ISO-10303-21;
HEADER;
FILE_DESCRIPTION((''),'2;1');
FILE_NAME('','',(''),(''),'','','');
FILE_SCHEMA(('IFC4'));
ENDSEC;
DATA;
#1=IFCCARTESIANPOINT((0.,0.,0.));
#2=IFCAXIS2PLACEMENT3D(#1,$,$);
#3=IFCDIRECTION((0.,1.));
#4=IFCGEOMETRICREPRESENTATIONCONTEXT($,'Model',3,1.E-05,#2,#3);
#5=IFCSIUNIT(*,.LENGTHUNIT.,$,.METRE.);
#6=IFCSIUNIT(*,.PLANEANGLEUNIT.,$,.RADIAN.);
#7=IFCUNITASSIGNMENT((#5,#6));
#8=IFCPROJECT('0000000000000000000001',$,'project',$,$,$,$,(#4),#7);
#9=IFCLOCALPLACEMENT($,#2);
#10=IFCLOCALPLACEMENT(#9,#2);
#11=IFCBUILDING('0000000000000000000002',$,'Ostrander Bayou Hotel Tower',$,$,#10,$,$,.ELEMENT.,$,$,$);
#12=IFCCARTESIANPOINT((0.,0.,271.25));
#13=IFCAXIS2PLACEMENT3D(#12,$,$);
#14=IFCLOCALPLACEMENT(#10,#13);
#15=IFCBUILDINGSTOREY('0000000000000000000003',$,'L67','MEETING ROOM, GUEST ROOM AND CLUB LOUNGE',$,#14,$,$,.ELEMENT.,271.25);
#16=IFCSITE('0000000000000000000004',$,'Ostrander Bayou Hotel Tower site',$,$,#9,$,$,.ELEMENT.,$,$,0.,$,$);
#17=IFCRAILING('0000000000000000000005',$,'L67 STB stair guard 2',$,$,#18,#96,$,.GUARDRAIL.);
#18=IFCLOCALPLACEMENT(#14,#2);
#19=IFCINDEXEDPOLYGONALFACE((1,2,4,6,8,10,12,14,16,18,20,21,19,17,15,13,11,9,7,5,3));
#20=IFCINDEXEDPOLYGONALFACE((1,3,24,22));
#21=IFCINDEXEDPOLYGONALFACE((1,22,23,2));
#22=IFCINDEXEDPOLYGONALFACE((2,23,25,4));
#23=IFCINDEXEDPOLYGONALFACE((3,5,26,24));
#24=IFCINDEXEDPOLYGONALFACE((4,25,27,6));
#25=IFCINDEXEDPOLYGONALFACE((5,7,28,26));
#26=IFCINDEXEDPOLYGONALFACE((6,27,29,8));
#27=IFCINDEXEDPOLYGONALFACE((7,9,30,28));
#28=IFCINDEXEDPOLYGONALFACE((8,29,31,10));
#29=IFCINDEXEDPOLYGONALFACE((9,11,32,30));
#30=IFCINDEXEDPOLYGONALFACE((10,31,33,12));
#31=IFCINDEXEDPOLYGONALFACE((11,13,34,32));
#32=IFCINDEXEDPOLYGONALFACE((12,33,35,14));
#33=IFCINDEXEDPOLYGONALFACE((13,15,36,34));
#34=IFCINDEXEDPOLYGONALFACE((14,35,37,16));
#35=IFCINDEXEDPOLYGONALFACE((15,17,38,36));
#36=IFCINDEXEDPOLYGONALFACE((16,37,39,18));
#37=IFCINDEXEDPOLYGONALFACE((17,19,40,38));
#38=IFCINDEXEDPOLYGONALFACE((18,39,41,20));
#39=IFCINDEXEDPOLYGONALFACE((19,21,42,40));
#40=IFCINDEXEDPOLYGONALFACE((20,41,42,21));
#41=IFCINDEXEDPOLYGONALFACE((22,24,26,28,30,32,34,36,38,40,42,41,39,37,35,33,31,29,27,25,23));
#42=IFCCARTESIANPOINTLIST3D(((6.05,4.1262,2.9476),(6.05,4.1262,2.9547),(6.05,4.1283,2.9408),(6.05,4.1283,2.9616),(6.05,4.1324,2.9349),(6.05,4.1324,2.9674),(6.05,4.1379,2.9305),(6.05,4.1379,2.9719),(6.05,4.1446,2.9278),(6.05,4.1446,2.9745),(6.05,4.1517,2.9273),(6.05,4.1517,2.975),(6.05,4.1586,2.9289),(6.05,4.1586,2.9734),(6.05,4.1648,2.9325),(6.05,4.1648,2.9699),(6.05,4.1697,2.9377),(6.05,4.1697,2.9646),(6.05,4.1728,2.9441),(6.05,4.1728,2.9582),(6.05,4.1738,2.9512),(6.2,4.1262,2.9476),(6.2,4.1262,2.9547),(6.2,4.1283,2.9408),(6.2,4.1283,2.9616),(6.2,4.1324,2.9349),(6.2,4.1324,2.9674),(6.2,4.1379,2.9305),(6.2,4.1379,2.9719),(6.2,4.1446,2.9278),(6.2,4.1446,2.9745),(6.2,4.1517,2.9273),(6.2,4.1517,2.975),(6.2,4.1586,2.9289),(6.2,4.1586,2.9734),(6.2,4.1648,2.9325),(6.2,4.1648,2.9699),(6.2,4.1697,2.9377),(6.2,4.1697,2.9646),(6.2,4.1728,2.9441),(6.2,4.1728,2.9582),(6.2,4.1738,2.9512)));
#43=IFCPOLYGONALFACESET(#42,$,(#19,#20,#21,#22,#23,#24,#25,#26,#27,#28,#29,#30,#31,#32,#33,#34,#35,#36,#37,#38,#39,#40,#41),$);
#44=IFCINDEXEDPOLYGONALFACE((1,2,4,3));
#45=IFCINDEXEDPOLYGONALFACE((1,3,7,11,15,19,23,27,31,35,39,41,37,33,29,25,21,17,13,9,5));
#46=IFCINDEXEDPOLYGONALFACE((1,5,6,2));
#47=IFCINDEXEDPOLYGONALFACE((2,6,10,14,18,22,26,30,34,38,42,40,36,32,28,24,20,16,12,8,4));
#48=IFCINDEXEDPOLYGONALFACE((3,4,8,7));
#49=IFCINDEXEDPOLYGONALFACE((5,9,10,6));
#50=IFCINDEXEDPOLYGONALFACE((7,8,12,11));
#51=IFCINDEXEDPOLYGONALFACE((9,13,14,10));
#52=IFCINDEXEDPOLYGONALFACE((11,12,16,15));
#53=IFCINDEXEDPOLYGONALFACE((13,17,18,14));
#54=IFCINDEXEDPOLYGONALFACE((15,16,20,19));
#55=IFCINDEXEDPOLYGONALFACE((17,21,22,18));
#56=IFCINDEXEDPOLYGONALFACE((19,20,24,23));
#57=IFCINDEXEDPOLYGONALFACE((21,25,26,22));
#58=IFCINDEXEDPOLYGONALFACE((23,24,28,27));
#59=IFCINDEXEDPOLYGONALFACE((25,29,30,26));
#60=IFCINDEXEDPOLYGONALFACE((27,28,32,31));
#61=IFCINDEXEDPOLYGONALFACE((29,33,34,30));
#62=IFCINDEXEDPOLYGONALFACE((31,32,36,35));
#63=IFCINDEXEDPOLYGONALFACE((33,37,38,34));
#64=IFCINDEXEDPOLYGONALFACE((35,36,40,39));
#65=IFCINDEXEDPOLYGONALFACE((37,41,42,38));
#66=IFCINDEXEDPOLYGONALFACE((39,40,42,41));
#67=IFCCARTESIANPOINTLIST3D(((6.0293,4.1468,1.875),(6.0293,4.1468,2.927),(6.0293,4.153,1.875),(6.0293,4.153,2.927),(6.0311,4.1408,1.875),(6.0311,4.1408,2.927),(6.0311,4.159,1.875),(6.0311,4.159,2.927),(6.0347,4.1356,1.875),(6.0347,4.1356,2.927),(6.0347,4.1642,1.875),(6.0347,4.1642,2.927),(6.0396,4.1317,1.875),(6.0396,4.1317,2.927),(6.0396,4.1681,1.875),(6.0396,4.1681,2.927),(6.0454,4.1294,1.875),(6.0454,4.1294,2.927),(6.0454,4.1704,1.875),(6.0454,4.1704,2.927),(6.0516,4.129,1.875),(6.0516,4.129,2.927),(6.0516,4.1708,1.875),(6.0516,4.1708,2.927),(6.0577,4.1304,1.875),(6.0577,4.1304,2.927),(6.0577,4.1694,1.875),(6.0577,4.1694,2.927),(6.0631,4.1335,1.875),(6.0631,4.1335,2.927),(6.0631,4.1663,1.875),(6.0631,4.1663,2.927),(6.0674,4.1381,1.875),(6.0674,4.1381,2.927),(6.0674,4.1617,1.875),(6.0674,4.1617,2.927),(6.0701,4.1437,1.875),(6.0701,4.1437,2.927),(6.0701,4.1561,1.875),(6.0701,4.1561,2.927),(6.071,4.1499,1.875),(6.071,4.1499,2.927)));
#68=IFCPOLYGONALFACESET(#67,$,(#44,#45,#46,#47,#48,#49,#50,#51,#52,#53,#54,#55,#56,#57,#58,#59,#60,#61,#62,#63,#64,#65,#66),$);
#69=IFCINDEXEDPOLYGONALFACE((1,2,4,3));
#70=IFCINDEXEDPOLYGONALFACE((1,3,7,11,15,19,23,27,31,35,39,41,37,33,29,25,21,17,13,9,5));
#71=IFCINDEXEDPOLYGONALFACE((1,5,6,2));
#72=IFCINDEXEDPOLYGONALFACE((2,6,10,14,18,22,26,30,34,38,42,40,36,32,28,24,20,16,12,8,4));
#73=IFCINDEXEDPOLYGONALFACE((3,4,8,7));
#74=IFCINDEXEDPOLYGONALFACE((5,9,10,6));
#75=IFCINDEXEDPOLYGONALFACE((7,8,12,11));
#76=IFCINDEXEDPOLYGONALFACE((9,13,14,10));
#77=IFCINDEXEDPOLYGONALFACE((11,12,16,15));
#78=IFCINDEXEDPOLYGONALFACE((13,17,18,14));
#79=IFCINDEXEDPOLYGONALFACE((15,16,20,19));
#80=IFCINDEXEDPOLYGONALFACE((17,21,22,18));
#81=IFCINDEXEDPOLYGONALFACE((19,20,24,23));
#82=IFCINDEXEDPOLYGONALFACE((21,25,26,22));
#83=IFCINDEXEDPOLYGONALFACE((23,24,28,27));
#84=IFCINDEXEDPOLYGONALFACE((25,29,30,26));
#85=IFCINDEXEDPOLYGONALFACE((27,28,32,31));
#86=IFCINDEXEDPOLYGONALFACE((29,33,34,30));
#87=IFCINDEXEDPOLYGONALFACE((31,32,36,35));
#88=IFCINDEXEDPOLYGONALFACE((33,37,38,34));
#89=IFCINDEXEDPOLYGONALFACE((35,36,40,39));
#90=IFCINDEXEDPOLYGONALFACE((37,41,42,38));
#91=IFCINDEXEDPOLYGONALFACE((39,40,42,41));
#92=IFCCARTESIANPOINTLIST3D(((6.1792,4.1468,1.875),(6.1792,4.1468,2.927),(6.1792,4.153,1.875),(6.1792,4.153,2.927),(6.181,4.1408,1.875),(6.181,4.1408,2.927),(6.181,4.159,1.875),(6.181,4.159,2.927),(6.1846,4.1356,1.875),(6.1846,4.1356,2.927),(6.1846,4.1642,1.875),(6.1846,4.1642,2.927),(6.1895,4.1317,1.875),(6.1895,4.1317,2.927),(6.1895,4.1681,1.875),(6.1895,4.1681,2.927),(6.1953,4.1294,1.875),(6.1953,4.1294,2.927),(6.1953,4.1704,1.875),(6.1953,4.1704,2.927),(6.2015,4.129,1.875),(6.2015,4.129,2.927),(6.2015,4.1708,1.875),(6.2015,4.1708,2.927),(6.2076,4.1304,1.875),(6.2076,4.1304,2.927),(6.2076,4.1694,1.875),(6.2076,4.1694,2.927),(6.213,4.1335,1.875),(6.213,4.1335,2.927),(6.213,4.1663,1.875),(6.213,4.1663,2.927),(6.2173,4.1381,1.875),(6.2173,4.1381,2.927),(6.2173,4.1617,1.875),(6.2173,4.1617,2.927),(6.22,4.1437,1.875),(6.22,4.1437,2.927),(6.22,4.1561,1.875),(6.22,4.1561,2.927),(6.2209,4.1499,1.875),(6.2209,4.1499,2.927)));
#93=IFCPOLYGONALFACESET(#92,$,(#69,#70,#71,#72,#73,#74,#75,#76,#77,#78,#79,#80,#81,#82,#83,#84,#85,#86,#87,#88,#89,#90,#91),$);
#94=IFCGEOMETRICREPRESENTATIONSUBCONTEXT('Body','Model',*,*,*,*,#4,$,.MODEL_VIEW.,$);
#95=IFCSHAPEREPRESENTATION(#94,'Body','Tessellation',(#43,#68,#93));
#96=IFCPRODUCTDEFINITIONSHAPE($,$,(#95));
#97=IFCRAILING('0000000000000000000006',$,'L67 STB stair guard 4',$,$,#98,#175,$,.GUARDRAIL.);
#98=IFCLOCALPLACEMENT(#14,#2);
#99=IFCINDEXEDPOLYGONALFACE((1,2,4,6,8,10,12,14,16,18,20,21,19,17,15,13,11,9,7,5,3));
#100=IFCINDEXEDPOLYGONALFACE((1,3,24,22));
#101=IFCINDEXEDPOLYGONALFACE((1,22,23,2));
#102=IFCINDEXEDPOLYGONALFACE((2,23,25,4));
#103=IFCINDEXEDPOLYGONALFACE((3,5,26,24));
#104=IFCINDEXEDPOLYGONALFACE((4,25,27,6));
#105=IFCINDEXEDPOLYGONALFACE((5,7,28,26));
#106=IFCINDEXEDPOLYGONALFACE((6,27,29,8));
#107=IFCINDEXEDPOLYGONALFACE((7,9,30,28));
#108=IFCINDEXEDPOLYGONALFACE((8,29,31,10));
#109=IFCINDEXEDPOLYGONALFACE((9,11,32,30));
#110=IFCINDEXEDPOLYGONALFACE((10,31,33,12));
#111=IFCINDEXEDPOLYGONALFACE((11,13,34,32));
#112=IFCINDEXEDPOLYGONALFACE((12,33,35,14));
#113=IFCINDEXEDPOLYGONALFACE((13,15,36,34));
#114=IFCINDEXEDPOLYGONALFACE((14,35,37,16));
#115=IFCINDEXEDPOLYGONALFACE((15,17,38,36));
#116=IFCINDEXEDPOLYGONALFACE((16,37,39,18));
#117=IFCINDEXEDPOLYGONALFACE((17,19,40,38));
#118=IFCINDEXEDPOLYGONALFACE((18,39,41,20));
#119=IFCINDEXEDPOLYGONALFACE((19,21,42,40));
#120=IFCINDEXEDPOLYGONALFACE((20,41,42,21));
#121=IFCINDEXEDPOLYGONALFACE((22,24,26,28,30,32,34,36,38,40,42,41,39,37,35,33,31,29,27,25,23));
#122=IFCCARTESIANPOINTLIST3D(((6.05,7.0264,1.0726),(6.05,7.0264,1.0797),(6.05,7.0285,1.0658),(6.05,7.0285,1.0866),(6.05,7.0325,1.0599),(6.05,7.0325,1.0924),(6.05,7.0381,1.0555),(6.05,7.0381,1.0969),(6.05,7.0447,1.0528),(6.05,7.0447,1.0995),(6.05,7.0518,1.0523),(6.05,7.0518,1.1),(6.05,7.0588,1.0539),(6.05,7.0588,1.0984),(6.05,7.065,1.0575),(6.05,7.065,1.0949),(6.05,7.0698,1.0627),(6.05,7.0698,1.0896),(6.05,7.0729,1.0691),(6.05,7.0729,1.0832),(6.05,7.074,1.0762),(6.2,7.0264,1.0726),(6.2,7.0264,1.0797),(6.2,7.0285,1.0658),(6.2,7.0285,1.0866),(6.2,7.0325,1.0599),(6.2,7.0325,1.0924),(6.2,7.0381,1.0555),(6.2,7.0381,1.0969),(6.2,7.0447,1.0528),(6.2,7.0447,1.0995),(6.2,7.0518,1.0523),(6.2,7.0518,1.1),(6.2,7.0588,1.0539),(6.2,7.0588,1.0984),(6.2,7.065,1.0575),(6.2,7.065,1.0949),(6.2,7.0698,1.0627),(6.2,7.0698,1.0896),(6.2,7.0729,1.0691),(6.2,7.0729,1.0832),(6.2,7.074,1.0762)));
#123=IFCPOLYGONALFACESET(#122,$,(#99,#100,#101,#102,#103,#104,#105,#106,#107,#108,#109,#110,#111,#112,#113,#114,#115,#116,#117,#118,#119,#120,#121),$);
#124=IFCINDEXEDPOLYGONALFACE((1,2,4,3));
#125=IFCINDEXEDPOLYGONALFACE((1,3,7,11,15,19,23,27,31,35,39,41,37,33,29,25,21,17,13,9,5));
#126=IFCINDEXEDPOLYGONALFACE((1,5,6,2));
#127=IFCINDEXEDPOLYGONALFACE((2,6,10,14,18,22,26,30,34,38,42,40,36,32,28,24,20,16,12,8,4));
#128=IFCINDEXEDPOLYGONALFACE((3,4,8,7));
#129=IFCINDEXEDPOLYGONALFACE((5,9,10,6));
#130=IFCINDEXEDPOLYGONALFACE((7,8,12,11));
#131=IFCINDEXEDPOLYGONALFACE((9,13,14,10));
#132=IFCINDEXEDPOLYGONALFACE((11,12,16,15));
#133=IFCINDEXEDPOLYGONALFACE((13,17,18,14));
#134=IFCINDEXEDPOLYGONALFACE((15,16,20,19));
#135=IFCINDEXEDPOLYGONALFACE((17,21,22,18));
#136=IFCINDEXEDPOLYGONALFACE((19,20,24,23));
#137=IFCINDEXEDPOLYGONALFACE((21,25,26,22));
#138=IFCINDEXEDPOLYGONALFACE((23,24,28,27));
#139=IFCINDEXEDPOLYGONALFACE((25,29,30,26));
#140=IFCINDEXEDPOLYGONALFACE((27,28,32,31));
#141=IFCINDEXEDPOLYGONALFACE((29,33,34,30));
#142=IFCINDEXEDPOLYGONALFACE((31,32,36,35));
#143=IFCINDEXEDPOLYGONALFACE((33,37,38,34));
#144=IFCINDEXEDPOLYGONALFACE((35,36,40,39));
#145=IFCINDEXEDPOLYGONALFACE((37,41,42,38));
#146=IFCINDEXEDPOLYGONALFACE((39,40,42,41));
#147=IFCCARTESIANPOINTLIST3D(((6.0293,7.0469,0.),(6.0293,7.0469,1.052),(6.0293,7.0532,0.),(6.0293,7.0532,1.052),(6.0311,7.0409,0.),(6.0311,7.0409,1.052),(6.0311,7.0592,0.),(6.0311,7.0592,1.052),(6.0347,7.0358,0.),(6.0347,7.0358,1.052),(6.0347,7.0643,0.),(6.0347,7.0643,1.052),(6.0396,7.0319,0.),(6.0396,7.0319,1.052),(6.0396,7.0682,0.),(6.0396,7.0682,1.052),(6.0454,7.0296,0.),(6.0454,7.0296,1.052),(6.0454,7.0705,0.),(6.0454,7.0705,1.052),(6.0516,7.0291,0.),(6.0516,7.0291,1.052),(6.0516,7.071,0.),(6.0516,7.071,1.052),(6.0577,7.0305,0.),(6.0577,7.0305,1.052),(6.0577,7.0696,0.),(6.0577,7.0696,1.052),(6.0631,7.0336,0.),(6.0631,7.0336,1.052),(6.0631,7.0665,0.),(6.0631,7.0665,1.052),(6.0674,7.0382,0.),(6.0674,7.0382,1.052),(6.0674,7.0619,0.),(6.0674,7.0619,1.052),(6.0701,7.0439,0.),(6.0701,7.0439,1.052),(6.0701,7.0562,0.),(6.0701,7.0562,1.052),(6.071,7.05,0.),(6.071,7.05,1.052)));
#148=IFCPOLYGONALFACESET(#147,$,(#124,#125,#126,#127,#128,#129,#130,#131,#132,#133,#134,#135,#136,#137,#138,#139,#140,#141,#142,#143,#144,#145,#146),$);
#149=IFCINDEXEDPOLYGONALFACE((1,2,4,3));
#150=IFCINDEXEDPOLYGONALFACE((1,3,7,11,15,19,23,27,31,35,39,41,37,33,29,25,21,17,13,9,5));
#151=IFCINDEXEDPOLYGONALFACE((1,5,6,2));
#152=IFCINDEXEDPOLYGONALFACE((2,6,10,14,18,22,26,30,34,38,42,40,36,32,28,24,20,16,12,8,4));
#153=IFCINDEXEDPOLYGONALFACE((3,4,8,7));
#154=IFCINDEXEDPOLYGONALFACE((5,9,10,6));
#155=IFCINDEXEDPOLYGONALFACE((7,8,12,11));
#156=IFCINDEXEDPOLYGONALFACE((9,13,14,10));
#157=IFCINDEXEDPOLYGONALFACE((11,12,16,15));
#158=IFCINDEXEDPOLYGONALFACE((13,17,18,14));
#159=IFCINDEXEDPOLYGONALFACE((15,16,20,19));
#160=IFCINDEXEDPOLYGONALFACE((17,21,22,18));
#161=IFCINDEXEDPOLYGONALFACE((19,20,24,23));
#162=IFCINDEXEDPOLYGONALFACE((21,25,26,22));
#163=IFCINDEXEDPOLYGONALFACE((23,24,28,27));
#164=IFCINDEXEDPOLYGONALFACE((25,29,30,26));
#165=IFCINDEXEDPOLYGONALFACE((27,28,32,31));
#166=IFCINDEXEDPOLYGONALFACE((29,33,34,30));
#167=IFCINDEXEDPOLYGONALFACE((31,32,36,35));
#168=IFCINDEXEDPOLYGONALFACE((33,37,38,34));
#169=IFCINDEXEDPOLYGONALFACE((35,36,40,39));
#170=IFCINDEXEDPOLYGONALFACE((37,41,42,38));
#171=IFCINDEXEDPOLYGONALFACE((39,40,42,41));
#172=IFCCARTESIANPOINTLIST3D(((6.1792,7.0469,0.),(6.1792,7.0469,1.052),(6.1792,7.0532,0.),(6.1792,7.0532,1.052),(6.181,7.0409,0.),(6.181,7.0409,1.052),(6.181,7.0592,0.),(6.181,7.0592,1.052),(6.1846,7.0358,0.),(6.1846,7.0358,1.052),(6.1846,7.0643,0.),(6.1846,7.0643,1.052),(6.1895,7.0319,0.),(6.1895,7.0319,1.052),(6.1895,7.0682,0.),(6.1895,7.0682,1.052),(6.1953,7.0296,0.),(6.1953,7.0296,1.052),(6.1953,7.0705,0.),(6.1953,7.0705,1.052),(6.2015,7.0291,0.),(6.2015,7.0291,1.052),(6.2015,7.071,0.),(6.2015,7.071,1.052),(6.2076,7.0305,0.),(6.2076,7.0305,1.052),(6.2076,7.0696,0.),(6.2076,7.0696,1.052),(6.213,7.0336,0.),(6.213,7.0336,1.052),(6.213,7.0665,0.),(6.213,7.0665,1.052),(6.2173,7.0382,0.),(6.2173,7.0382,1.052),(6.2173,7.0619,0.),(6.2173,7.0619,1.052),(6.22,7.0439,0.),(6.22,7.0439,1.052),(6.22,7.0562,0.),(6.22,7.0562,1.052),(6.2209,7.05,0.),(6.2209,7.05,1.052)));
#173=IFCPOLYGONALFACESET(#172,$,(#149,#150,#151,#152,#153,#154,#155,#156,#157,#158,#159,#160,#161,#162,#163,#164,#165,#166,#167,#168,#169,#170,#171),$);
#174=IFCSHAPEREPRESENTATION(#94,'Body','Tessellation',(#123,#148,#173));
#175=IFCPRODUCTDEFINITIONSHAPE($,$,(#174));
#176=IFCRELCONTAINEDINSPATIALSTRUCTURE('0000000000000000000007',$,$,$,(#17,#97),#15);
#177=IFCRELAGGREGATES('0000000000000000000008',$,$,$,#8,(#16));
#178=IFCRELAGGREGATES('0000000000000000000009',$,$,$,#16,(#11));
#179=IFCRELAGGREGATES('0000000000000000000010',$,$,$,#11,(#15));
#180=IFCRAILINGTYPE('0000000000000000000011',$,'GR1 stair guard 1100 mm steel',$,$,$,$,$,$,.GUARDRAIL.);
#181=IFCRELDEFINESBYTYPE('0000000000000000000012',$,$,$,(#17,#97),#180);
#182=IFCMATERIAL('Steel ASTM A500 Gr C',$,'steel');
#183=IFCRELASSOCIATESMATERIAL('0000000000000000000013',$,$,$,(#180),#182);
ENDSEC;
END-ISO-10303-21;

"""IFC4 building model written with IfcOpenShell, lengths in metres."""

from ifc_helpers import new_model, si_unit, direction, frame, origin, origin_2d, place, context, subcontext, project, spatial, circle, extrude, material, type_object, element, save


model = new_model("IFC4")

# Units and contexts
model_context = context("Model", 3, precision=1e-05, world=origin(), true_north=direction((0.0, 1.0)))
body_context = subcontext(model_context, "Body", "Model", "MODEL_VIEW")
ifc_project = project(units=[si_unit("LENGTHUNIT", "METRE"), si_unit("PLANEANGLEUNIT", "RADIAN")], contexts=[model_context])

# Site, building, storey
site_placement = place(None, origin())
site = spatial("IfcSite", under=ifc_project, at=site_placement, Name="Ostrander Bayou Hotel Tower site", CompositionType="ELEMENT", RefElevation=0.0)
building_placement = place(site_placement, origin())
building = spatial("IfcBuilding", under=site, at=building_placement, Name="Ostrander Bayou Hotel Tower", CompositionType="ELEMENT")
storey_placement = place(building_placement, frame((0.0, 0.0, 271.25)))
storey = spatial("IfcBuildingStorey", under=building, at=storey_placement, Name="L67", Description="MEETING ROOM, GUEST ROOM AND CLUB LOUNGE", CompositionType="ELEMENT", Elevation=271.25)

# Railings
ifc_material_1 = material(Name="Steel ASTM A500 Gr C", Category="steel")
railing_type_1 = type_object("IfcRailingType", Name="GR1 stair guard 1100 mm steel", PredefinedType="GUARDRAIL", material=ifc_material_1)
for number, where, name in (
    (1, (6.05, 4.1499, 1.875), "L67 STB stair guard 2"),
    (2, (6.05, 7.05, 0.0), "L67 STB stair guard 4"),
):
    element("IfcRailing", number, at=place(storey_placement, frame(where)), inside=storey, type_object=railing_type_1, Name=name, PredefinedType="GUARDRAIL", context=body_context, shape_type="SweptSolid", body=[
        extrude(circle(Radius=0.0239, at=origin_2d()), frame((0.0, 0.0, 1.0762), z_axis=(1.0, 0.0, 0.0), x_axis=(0.0, 1.0, 0.0)), (0.0, 0.0, 1.0), 0.1499),
        extrude(circle(Radius=0.021, at=origin_2d()), origin(), (0.0, 0.0, 1.0), 1.052),
        extrude(circle(Radius=0.021, at=origin_2d()), frame((0.1499, 0.0, 0.0)), (0.0, 0.0, 1.0), 1.052),
    ])

save(model, "model.ifc")
